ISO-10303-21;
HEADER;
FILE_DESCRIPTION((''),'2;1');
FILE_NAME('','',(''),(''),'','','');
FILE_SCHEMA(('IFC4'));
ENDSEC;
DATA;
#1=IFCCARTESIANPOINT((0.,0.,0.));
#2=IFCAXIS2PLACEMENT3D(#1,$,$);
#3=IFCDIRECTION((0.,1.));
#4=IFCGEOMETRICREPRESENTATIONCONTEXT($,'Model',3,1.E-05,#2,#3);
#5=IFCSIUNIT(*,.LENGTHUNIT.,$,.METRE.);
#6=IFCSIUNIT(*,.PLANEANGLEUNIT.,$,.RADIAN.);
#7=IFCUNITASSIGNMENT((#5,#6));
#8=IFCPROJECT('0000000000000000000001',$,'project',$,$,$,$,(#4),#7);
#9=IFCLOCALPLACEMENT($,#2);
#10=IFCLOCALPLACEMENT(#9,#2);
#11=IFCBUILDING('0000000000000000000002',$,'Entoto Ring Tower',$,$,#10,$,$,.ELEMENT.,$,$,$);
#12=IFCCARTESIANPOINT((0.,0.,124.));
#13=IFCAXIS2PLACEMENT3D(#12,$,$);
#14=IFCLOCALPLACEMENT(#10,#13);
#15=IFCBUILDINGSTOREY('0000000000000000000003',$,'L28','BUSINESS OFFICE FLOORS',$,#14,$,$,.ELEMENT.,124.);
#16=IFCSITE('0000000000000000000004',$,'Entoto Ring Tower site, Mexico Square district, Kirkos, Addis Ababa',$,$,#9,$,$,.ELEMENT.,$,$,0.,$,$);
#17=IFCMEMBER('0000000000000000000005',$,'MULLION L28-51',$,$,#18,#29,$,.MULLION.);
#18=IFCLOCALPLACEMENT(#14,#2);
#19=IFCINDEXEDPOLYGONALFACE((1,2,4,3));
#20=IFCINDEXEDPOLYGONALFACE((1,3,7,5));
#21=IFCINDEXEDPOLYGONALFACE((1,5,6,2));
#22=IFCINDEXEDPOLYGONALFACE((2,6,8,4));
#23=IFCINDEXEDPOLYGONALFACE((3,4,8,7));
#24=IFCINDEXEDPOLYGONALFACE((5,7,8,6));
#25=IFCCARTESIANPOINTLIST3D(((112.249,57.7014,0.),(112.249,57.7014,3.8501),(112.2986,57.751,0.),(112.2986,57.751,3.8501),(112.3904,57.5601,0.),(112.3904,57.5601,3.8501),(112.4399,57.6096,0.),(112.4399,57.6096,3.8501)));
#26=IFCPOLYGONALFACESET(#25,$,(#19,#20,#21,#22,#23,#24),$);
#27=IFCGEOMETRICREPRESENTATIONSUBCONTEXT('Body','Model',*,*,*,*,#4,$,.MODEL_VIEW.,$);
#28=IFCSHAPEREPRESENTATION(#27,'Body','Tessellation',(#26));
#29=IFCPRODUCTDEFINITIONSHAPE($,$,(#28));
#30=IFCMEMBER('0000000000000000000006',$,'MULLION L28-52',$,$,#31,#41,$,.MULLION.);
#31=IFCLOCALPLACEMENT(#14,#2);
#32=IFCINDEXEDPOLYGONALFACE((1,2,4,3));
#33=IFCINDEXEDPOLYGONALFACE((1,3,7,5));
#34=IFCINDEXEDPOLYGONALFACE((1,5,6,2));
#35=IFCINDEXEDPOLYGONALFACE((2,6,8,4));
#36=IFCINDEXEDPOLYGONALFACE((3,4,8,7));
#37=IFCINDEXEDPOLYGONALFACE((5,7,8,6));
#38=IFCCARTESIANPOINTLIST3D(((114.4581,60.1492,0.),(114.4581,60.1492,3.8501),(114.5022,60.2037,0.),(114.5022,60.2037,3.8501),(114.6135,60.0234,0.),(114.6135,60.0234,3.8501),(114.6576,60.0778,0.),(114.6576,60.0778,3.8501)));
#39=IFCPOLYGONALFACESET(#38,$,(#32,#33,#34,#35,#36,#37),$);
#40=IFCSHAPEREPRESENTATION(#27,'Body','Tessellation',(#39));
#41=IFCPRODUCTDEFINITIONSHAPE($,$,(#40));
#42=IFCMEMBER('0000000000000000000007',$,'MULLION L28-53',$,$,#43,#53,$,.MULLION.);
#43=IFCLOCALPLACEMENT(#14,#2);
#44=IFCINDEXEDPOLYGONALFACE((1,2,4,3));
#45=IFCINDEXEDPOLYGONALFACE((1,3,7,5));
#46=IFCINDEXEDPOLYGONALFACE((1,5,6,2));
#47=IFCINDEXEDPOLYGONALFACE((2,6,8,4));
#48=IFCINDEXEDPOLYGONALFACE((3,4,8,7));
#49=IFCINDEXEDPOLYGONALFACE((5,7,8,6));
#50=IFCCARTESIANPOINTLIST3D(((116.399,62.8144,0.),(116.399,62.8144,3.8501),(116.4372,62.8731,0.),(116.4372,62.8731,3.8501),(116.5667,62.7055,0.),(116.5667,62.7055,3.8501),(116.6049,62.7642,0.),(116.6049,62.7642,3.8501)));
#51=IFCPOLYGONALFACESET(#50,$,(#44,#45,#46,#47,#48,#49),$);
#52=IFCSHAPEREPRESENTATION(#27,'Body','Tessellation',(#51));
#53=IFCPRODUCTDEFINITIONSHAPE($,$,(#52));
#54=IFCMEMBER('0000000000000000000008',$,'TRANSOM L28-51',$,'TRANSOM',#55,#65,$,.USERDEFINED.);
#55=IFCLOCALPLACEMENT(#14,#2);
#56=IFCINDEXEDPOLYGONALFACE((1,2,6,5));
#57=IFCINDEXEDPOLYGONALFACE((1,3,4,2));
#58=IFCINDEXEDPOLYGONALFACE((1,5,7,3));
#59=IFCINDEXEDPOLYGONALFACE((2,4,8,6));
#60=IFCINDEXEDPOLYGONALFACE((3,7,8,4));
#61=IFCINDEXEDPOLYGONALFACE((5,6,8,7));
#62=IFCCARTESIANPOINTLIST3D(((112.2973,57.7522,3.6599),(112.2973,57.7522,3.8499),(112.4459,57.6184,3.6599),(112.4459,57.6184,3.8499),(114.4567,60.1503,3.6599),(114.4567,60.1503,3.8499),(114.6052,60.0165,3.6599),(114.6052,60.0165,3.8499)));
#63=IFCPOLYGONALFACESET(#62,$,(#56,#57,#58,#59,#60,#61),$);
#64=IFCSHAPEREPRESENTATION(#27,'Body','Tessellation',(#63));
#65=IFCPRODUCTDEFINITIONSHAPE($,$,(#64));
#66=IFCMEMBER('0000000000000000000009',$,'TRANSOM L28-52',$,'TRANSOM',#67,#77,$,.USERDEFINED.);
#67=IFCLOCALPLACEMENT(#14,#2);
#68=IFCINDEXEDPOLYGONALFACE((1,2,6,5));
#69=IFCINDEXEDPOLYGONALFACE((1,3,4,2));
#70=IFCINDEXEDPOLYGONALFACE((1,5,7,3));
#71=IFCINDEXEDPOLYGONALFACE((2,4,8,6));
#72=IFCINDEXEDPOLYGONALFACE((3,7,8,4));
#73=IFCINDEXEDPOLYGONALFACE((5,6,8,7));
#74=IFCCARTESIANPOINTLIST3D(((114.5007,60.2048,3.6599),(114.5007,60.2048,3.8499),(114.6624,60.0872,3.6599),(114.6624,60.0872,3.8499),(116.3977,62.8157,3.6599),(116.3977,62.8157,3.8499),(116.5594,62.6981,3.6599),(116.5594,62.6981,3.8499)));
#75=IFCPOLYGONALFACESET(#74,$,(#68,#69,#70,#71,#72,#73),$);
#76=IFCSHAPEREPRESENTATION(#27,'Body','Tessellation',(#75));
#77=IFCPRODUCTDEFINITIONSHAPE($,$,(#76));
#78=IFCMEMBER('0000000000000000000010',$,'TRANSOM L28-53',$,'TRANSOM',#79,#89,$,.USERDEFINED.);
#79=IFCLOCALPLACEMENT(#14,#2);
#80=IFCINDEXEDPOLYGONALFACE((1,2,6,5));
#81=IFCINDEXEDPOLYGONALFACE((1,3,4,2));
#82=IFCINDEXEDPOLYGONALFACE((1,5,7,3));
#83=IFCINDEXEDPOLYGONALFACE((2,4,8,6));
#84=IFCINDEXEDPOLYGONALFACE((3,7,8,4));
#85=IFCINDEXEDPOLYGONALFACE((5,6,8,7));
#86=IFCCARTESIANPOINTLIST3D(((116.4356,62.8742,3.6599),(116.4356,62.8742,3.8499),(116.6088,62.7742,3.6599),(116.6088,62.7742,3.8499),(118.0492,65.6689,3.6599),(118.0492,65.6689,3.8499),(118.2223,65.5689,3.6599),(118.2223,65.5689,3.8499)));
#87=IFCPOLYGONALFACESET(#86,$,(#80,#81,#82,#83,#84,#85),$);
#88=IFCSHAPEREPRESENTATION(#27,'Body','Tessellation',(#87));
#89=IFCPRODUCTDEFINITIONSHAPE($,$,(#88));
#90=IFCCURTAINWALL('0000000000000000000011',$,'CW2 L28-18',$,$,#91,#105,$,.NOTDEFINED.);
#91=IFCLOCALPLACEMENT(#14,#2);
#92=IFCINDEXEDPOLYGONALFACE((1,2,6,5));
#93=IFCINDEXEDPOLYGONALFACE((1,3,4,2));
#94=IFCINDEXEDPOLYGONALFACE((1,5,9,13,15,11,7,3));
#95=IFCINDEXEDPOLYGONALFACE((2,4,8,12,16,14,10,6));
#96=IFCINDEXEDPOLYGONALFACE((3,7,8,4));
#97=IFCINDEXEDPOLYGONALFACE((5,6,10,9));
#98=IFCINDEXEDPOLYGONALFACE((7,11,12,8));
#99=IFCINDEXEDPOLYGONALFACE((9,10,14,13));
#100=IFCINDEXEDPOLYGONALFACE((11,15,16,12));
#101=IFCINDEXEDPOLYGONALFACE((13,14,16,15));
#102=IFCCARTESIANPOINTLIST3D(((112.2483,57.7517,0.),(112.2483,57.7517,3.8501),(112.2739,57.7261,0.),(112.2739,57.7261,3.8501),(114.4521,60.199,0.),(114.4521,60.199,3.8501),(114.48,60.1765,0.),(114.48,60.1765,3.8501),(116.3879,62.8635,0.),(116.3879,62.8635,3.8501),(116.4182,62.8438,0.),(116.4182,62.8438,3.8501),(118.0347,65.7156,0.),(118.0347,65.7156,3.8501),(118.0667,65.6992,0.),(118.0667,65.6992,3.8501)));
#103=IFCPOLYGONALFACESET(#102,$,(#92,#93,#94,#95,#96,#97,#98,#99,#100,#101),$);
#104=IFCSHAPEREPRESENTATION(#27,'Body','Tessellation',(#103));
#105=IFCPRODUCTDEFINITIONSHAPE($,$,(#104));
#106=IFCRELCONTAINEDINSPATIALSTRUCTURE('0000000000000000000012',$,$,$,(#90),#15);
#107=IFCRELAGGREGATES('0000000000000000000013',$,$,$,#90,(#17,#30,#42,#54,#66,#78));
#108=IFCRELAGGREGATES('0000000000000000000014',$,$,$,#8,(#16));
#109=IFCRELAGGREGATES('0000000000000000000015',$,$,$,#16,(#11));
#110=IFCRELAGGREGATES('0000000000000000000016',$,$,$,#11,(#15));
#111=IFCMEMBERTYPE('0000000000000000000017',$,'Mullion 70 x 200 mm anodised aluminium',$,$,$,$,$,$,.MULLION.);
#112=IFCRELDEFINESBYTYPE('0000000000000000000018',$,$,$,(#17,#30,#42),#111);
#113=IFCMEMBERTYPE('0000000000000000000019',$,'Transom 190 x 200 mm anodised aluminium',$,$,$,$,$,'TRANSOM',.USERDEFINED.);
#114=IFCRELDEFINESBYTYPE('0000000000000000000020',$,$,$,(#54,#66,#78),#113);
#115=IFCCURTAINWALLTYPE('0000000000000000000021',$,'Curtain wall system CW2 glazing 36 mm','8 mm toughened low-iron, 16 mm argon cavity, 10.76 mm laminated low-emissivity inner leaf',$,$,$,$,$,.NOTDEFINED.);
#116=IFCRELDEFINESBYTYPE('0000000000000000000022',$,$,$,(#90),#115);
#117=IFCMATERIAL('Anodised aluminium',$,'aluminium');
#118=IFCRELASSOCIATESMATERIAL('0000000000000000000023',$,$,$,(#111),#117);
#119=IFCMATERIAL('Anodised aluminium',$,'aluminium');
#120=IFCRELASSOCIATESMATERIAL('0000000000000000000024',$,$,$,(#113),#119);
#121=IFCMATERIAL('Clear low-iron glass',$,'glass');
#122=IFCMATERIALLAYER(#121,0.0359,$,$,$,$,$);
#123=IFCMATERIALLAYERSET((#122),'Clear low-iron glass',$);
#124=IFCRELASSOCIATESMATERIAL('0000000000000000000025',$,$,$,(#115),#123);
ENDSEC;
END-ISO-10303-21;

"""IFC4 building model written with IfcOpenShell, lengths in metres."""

from ifc_helpers import new_model, si_unit, direction, frame, origin, origin_2d, place, context, subcontext, project, spatial, polyline, rectangle, outline, extrude, material, layer, layer_set, material_profile, profile_set, type_object, element, aggregate, save


model = new_model("IFC4")

# Units and contexts
model_context = context("Model", 3, precision=1e-05, world=origin(), true_north=direction((0.0, 1.0)))
body_context = subcontext(model_context, "Body", "Model", "MODEL_VIEW")
ifc_project = project(units=[si_unit("LENGTHUNIT", "METRE"), si_unit("PLANEANGLEUNIT", "RADIAN")], contexts=[model_context])

# Members
ifc_material_1 = material(Name="Anodised aluminium", Category="aluminium")
ifc_material_profile_1 = material_profile(ifc_material_1, rectangle(XDim=0.0701, YDim=0.2, at=origin_2d()), Name="Mullion 70 x 200 mm anodised aluminium")
ifc_profile_set_1 = profile_set([ifc_material_profile_1], Name="Anodised aluminium")
member_type_1 = type_object("IfcMemberType", Name="Mullion 70 x 200 mm anodised aluminium", PredefinedType="MULLION", material=ifc_profile_set_1)
site_placement = place(None, origin())
building_placement = place(site_placement, origin())
storey_placement = place(building_placement, frame((0.0, 0.0, 124.0)))
member_1_placement = place(storey_placement, frame((112.3445, 57.6555, 0.0), z_axis=(0.0, 0.0, 1.0), x_axis=(0.707107, 0.707107, 0.0)))
member_1 = element("IfcMember", 1, at=member_1_placement, type_object=member_type_1, Name="MULLION L28-51", PredefinedType="MULLION", context=body_context, shape_type="SweptSolid", body=[
    extrude(rectangle(XDim=0.0701, YDim=0.2, at=origin_2d()), origin(), (0.0, 0.0, 1.0), 3.8501),
])
member_2_placement = place(storey_placement, frame((114.5579, 60.1135, 0.0), z_axis=(0.0, 0.0, 1.0), x_axis=(0.62932, 0.777146, 0.0)))
member_2 = element("IfcMember", 2, at=member_2_placement, type_object=member_type_1, Name="MULLION L28-52", PredefinedType="MULLION", context=body_context, shape_type="SweptSolid", body=[
    extrude(rectangle(XDim=0.0701, YDim=0.2, at=origin_2d()), origin(), (0.0, 0.0, 1.0), 3.8501),
])
member_3_placement = place(storey_placement, frame((116.502, 62.7893, 0.0), z_axis=(0.0, 0.0, 1.0), x_axis=(0.544639, 0.838671, 0.0)))
member_3 = element("IfcMember", 3, at=member_3_placement, type_object=member_type_1, Name="MULLION L28-53", PredefinedType="MULLION", context=body_context, shape_type="SweptSolid", body=[
    extrude(rectangle(XDim=0.0701, YDim=0.2, at=origin_2d()), origin(), (0.0, 0.0, 1.0), 3.8501),
])
ifc_material_2 = material(Name="Anodised aluminium", Category="aluminium")
ifc_material_profile_2 = material_profile(ifc_material_2, rectangle(XDim=0.2, YDim=0.1899, at=origin_2d()), Name="Transom 190 x 200 mm anodised aluminium")
ifc_profile_set_2 = profile_set([ifc_material_profile_2], Name="Anodised aluminium")
member_type_2 = type_object("IfcMemberType", Name="Transom 190 x 200 mm anodised aluminium", ElementType="TRANSOM", PredefinedType="USERDEFINED", material=ifc_profile_set_2)
member_4_placement = place(storey_placement, frame((112.3716, 57.6853, 3.7549), z_axis=(0.669144, 0.743132, 0.0), x_axis=(-0.743132, 0.669144, 0.0)))
member_4 = element("IfcMember", 4, at=member_4_placement, type_object=member_type_2, Name="TRANSOM L28-51", ObjectType="TRANSOM", PredefinedType="USERDEFINED", context=body_context, shape_type="SweptSolid", body=[
    extrude(rectangle(XDim=0.2, YDim=0.1899, at=origin_2d()), origin(), (0.0, 0.0, 1.0), 3.2271),
])
member_5_placement = place(storey_placement, frame((114.5815, 60.146, 3.7549), z_axis=(0.587803, 0.809004, 0.0), x_axis=(-0.809004, 0.587803, 0.0)))
member_5 = element("IfcMember", 5, at=member_5_placement, type_object=member_type_2, Name="TRANSOM L28-52", ObjectType="TRANSOM", PredefinedType="USERDEFINED", context=body_context, shape_type="SweptSolid", body=[
    extrude(rectangle(XDim=0.2, YDim=0.1899, at=origin_2d()), origin(), (0.0, 0.0, 1.0), 3.2273),
])
member_6_placement = place(storey_placement, frame((116.5222, 62.8242, 3.7549), z_axis=(0.500004, 0.866023, 0.0), x_axis=(-0.866023, 0.500004, 0.0)))
member_6 = element("IfcMember", 6, at=member_6_placement, type_object=member_type_2, Name="TRANSOM L28-53", ObjectType="TRANSOM", PredefinedType="USERDEFINED", context=body_context, shape_type="SweptSolid", body=[
    extrude(rectangle(XDim=0.2, YDim=0.1899, at=origin_2d()), origin(), (0.0, 0.0, 1.0), 3.2271),
])

# Site, building, storey
site = spatial("IfcSite", under=ifc_project, at=site_placement, Name="Entoto Ring Tower site, Mexico Square district, Kirkos, Addis Ababa", CompositionType="ELEMENT", RefElevation=0.0)
building = spatial("IfcBuilding", under=site, at=building_placement, Name="Entoto Ring Tower", CompositionType="ELEMENT")
storey = spatial("IfcBuildingStorey", under=building, at=storey_placement, Name="L28", Description="BUSINESS OFFICE FLOORS", CompositionType="ELEMENT", Elevation=124.0)

# Curtain wall
ifc_material_3 = material(Name="Clear low-iron glass", Category="glass")
ifc_layer_1 = layer(ifc_material_3, 0.0359)
ifc_layer_set_1 = layer_set([ifc_layer_1], Name="Clear low-iron glass")
curtain_wall_type = type_object("IfcCurtainWallType", Name="Curtain wall system CW2 glazing 36 mm", Description="8 mm toughened low-iron, 16 mm argon cavity, 10.76 mm laminated low-emissivity inner leaf", PredefinedType="NOTDEFINED", material=ifc_layer_set_1)
curtain_wall_1_placement = place(storey_placement, origin())
curtain_wall_1 = element("IfcCurtainWall", 7, at=curtain_wall_1_placement, inside=storey, type_object=curtain_wall_type, Name="CW2 L28-18", PredefinedType="NOTDEFINED", context=body_context, shape_type="SweptSolid", body=[
    extrude(outline(polyline([(112.2739, 57.7261), (114.48, 60.1765), (116.4182, 62.8438), (118.0667, 65.6992), (118.0347, 65.7156), (116.3879, 62.8635), (114.4521, 60.199), (112.2483, 57.7517), (112.2739, 57.7261)])), origin(), (0.0, 0.0, 1.0), 3.8501),
])
aggregate(curtain_wall_1, [member_1, member_2, member_3, member_4, member_5, member_6])

save(model, "model.ifc")
